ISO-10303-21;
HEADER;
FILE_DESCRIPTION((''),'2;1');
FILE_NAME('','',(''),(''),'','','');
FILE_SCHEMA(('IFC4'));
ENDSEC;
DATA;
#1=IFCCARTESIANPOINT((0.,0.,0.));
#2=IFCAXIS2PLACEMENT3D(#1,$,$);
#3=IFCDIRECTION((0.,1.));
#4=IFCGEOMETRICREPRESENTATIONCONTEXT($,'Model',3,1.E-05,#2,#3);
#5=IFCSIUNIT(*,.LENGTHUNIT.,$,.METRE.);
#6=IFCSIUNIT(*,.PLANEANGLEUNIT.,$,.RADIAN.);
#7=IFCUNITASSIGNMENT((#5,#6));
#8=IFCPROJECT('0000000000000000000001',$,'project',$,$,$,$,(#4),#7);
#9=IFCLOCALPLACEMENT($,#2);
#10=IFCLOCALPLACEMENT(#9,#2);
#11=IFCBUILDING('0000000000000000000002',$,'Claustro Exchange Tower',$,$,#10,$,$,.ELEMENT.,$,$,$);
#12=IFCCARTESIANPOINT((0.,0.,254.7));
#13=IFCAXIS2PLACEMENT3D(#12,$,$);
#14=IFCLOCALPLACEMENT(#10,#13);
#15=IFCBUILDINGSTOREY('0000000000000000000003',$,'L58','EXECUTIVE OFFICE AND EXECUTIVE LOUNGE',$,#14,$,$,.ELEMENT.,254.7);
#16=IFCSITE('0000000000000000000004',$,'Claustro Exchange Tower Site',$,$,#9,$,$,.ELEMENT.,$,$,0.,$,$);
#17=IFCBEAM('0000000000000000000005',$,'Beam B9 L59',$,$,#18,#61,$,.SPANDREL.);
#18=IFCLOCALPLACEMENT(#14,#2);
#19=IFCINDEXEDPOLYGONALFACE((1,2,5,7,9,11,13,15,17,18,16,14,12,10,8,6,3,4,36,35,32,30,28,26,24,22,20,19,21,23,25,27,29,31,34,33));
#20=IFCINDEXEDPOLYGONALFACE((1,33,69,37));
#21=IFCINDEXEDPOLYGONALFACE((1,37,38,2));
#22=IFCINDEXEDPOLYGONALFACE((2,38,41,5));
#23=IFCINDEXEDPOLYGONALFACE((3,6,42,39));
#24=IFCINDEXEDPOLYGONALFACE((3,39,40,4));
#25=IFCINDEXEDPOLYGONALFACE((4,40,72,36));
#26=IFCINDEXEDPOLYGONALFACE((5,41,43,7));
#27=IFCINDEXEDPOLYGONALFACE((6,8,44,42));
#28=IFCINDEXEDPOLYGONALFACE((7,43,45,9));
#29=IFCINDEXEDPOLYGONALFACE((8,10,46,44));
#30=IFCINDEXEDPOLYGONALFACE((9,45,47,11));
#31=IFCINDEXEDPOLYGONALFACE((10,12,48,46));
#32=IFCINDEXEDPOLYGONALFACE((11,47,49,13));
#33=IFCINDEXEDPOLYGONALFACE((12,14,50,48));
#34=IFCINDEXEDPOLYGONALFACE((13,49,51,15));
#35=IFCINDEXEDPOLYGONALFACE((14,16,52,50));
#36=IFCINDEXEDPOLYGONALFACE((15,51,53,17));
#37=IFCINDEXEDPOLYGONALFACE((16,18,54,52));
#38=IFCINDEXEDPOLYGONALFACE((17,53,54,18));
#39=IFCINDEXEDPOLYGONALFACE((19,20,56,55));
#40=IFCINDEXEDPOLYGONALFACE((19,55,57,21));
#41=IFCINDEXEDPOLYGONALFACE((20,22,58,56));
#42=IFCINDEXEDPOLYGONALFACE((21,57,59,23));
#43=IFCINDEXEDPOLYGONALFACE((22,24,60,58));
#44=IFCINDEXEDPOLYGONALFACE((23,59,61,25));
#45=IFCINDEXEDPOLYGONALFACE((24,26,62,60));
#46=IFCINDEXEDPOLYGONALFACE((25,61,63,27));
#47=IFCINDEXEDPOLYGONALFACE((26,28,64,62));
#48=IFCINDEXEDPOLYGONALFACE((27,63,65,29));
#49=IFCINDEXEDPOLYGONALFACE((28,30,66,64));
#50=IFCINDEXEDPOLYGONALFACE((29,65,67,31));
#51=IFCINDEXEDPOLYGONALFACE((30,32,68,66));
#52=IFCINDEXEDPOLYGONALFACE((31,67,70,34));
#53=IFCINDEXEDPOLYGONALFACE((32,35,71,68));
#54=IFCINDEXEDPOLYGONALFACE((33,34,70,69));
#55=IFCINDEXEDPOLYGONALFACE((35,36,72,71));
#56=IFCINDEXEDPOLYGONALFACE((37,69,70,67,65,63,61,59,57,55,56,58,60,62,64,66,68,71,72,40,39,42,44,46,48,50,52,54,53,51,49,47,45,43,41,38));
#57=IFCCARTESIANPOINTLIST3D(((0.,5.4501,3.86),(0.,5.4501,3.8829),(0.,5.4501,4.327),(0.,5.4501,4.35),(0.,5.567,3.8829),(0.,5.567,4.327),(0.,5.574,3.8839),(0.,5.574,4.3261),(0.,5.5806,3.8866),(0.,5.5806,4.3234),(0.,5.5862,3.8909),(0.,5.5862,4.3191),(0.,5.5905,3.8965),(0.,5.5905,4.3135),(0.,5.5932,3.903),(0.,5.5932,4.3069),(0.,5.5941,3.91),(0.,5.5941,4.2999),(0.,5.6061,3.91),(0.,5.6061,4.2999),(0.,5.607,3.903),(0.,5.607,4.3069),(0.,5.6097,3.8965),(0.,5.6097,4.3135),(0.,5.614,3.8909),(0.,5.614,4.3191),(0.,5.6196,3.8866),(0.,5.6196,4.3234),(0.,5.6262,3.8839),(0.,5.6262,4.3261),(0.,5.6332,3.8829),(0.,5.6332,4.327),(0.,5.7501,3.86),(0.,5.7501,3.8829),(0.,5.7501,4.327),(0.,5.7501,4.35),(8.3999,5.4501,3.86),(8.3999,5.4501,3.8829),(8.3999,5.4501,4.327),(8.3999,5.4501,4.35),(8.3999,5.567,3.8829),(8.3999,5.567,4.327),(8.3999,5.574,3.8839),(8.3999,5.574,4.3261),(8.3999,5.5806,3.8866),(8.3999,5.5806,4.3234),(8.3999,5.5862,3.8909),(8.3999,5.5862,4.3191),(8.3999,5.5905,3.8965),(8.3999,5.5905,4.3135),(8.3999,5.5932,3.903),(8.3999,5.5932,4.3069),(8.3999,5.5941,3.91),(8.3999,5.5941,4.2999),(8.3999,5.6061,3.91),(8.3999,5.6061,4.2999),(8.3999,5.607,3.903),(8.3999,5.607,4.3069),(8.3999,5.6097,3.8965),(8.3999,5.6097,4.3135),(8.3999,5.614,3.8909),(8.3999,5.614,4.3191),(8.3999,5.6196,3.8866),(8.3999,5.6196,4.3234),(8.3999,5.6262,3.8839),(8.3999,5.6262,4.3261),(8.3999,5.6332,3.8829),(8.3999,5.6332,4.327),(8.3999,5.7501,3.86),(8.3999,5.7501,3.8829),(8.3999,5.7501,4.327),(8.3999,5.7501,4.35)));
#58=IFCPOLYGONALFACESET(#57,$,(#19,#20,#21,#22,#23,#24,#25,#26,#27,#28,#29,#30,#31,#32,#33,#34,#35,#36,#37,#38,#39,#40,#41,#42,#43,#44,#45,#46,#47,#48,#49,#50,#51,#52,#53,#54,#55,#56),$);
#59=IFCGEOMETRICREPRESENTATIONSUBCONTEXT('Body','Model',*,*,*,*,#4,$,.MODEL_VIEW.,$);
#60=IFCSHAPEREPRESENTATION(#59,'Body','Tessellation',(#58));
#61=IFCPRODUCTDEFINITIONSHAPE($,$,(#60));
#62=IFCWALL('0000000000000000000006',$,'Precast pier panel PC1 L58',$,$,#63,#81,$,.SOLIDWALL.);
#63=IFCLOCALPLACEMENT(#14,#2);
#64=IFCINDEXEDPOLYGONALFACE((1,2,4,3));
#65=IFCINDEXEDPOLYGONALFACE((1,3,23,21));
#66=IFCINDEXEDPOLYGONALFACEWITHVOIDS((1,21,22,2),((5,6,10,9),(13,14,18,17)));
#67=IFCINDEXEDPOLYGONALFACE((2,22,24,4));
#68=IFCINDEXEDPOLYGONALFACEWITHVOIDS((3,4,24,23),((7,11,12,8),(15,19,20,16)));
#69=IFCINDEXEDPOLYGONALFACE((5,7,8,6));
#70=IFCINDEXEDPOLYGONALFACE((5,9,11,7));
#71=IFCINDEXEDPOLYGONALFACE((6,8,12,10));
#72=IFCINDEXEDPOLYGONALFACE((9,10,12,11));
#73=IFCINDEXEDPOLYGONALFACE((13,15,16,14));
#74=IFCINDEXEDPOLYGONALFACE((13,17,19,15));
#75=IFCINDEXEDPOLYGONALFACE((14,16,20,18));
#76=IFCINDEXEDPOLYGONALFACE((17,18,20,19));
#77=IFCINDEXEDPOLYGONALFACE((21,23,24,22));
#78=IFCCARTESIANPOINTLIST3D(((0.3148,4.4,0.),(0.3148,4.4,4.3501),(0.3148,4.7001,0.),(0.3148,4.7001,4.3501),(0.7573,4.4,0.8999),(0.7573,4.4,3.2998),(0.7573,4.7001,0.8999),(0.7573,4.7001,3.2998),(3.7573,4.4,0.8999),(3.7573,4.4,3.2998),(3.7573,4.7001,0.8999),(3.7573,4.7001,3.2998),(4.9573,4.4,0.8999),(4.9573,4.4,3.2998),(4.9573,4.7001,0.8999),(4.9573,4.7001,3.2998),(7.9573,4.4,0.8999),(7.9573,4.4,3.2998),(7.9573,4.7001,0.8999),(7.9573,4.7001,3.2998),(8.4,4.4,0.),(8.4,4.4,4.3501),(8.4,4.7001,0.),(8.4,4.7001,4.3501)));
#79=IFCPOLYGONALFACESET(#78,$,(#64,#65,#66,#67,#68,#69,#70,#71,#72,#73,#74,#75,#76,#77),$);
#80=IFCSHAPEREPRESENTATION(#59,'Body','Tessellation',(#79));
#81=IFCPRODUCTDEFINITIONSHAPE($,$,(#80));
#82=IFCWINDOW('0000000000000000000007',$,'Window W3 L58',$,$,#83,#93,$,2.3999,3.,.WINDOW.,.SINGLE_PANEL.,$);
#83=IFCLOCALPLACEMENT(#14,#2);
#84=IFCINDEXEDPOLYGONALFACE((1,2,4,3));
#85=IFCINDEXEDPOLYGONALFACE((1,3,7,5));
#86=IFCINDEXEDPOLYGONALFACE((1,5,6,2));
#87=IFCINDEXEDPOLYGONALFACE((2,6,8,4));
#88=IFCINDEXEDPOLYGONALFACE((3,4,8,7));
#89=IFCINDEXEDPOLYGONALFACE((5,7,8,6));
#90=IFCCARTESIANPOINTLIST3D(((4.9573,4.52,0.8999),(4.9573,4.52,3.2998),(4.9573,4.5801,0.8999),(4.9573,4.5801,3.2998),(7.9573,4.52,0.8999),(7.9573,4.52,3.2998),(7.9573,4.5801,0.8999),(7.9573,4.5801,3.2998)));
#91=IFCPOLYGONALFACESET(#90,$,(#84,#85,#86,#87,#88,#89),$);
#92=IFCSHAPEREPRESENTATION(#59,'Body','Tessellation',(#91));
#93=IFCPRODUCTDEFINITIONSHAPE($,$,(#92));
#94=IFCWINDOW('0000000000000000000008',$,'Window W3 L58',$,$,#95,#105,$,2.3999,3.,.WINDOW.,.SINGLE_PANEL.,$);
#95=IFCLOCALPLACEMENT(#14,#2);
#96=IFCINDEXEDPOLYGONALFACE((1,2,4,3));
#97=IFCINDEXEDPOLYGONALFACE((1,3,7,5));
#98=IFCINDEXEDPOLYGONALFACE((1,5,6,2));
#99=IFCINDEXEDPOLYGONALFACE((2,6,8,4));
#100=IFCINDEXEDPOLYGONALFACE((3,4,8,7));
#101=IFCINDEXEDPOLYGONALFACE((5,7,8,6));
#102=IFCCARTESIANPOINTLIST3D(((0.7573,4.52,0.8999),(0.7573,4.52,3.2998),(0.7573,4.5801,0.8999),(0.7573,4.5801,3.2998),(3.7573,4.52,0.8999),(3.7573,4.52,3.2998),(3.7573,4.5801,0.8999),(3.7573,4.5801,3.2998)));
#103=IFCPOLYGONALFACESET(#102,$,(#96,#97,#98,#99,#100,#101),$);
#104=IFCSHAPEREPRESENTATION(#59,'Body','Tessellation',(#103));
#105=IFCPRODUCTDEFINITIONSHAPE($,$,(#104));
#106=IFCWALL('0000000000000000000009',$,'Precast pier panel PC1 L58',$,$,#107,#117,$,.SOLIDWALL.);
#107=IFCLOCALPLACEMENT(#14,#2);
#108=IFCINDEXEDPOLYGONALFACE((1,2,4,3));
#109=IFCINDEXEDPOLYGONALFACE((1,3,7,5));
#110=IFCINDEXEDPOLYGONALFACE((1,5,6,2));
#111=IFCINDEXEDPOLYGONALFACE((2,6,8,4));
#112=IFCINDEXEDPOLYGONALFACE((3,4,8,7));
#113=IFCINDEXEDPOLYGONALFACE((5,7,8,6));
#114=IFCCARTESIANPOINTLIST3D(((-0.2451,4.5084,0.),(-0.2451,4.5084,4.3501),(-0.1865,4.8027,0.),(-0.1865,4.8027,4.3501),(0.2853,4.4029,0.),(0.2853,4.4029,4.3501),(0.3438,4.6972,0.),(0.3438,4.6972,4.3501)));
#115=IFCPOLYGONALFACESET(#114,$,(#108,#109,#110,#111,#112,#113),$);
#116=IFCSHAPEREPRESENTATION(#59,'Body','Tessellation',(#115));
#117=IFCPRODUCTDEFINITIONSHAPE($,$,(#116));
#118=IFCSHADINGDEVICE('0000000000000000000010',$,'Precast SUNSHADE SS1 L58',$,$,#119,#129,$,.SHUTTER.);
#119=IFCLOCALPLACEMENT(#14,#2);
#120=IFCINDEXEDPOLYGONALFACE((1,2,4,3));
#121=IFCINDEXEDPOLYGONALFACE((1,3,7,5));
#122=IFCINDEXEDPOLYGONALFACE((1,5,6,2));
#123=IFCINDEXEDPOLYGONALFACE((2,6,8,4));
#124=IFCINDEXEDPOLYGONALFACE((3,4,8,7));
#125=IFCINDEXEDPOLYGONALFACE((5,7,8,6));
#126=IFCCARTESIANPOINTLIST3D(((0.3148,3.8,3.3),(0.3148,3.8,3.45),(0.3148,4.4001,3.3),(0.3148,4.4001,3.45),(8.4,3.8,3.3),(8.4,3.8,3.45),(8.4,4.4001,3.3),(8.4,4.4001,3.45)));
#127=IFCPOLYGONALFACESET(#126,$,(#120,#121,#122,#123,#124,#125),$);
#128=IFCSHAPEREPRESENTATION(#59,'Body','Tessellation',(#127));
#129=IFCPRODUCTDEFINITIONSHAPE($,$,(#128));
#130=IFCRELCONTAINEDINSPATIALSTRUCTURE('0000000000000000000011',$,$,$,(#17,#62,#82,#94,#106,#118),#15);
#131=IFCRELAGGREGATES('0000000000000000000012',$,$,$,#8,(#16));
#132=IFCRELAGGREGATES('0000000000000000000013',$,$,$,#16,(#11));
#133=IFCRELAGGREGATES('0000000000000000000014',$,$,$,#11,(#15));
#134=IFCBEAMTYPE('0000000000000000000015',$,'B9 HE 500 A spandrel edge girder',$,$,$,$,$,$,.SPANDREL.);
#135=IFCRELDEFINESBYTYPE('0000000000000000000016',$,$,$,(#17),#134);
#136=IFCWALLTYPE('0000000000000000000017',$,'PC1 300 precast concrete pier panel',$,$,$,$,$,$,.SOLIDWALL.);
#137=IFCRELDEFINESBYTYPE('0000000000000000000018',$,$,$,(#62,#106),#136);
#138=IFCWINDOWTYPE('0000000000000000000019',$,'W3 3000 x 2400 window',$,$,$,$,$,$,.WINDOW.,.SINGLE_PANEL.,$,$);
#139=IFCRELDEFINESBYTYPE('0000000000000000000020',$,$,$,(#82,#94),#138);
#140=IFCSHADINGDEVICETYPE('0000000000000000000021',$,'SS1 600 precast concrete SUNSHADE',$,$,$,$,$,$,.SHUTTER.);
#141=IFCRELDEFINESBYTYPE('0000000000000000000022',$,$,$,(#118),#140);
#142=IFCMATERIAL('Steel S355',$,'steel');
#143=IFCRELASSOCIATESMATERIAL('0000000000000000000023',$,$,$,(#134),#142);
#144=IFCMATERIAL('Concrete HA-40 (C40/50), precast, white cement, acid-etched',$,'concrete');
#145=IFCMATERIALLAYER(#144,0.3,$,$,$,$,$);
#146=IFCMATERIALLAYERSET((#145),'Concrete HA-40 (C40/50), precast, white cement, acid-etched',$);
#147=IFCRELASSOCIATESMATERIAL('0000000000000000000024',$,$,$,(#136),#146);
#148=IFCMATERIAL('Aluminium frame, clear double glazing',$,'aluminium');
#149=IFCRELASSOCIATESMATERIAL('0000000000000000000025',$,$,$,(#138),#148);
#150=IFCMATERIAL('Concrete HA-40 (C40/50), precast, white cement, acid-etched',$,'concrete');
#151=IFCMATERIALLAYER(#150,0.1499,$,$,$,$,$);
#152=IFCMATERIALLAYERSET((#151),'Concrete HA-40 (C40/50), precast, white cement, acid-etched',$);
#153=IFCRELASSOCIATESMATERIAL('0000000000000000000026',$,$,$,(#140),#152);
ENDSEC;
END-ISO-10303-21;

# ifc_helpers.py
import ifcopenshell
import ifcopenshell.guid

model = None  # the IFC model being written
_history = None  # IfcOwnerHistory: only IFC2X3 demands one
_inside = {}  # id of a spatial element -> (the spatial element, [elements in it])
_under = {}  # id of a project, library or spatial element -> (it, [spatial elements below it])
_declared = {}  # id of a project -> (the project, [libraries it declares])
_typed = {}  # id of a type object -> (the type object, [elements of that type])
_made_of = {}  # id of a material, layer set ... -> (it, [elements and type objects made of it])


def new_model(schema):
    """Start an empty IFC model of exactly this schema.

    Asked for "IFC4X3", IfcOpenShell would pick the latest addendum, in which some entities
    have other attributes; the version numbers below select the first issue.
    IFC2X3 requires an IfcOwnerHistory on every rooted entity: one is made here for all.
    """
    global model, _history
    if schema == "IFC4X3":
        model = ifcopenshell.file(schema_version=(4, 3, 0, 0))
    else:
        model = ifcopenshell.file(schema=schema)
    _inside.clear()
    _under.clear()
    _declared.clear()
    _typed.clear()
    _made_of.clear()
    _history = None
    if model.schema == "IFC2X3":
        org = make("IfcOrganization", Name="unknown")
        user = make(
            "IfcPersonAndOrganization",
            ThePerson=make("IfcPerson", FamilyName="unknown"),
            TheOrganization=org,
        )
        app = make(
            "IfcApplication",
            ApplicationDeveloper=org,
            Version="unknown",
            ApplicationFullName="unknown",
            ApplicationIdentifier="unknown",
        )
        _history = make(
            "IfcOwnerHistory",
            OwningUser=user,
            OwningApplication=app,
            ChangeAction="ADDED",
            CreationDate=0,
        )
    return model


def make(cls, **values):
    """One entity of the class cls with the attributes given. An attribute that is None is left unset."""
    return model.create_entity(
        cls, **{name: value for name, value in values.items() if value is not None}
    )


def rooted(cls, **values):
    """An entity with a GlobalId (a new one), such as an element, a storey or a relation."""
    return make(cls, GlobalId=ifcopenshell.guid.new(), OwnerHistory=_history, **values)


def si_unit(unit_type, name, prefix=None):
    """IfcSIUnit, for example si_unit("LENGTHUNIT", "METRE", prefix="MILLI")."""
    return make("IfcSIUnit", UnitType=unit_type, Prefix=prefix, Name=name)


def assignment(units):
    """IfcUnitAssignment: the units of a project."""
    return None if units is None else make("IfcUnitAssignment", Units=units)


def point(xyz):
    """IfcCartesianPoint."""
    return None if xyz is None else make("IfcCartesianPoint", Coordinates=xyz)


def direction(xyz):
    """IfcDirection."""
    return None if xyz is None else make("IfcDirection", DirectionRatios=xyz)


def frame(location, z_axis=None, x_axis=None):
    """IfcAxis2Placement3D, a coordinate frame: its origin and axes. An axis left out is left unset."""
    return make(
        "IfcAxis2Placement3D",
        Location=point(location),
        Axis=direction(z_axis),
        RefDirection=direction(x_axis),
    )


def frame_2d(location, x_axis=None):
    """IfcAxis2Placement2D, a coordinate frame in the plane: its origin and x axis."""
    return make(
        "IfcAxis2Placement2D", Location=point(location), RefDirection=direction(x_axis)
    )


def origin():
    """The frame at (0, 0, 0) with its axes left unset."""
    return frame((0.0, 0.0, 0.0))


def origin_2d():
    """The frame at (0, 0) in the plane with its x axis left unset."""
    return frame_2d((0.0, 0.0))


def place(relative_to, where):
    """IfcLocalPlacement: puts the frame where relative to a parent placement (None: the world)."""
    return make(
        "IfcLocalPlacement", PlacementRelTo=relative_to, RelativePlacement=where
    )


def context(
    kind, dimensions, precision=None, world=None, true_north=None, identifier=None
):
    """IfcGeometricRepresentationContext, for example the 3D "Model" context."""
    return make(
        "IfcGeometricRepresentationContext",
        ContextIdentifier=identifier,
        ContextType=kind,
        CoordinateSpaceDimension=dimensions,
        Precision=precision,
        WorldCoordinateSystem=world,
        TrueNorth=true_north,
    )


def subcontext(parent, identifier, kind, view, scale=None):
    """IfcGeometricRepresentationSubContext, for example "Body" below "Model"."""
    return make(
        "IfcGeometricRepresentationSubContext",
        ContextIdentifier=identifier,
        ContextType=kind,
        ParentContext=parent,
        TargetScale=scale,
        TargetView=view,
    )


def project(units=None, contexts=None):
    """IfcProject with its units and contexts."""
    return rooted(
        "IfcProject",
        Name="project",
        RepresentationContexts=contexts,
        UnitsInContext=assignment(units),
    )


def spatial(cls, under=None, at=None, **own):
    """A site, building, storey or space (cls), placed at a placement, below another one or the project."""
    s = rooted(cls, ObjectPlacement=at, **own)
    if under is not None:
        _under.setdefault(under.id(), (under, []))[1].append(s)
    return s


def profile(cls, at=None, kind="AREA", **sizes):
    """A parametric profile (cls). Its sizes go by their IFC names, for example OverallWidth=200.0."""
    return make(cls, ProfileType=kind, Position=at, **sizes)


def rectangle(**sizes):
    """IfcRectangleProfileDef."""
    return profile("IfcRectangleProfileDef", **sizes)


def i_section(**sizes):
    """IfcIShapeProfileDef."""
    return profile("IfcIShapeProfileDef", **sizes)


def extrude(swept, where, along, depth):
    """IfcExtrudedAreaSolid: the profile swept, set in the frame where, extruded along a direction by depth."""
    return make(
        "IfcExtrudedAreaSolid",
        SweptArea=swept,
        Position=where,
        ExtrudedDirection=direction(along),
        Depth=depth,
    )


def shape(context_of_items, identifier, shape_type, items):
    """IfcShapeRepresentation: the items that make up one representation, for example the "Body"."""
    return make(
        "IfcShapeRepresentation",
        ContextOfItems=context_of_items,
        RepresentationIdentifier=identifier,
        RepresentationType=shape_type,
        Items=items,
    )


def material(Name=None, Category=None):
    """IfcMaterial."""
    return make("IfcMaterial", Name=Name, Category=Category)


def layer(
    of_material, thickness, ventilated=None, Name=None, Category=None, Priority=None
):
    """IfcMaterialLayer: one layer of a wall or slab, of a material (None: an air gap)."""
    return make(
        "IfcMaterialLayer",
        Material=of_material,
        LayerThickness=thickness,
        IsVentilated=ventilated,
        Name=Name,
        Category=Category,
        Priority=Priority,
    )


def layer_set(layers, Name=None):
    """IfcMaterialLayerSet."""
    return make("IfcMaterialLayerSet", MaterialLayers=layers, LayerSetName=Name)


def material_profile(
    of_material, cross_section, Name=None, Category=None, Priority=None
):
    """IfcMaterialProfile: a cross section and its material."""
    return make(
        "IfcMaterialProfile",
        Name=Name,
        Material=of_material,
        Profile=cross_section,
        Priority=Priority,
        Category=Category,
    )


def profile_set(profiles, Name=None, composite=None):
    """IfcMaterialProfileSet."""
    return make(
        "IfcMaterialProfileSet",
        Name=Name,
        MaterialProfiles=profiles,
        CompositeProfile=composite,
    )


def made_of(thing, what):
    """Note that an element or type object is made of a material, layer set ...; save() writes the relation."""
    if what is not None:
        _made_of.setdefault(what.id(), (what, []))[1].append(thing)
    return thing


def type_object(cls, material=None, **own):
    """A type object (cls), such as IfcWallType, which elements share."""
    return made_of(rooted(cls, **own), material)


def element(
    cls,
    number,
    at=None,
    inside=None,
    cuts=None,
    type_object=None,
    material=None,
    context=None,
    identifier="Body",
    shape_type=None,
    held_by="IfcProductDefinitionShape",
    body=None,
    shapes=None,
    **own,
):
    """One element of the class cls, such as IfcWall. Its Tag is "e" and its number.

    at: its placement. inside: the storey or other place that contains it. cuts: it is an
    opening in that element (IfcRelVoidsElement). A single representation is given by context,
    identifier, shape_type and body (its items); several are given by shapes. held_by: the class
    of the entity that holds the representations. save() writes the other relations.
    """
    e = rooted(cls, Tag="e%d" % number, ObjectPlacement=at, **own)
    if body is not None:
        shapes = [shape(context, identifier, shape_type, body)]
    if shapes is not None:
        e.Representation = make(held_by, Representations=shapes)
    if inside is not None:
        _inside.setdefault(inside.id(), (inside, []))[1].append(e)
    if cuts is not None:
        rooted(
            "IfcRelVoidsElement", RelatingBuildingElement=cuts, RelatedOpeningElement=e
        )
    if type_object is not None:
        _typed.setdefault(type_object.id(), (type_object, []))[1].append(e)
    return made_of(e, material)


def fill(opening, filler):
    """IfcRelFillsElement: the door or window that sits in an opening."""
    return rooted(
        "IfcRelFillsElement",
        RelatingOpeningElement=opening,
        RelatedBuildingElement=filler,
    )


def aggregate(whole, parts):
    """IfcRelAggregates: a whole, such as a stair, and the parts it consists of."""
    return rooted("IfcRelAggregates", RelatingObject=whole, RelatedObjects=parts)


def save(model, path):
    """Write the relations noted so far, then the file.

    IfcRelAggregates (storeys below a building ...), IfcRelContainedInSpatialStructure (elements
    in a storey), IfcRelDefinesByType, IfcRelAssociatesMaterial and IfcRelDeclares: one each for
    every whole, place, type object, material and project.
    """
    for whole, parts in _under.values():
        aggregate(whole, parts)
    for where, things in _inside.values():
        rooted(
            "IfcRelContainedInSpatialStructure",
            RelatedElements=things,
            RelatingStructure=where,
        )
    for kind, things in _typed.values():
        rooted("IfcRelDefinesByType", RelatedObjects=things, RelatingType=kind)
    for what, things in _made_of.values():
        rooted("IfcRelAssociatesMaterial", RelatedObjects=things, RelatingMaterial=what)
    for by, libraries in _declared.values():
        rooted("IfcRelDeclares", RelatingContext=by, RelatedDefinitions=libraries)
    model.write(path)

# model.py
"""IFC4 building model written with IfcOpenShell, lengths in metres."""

from ifc_helpers import new_model, si_unit, direction, frame, frame_2d, origin, origin_2d, place, context, subcontext, project, spatial, rectangle, i_section, extrude, material, layer, layer_set, material_profile, profile_set, type_object, element, fill, save


model = new_model("IFC4")

# Units and contexts
model_context = context("Model", 3, precision=1e-05, world=origin(), true_north=direction((0.0, 1.0)))
body_context = subcontext(model_context, "Body", "Model", "MODEL_VIEW")
ifc_project = project(units=[si_unit("LENGTHUNIT", "METRE"), si_unit("PLANEANGLEUNIT", "RADIAN")], contexts=[model_context])

# Site, building, storey
site_placement = place(None, origin())
site = spatial("IfcSite", under=ifc_project, at=site_placement, Name="Claustro Exchange Tower Site", CompositionType="ELEMENT", RefElevation=0.0)
building_placement = place(site_placement, origin())
building = spatial("IfcBuilding", under=site, at=building_placement, Name="Claustro Exchange Tower", CompositionType="ELEMENT")
storey_placement = place(building_placement, frame((0.0, 0.0, 254.7)))
storey = spatial("IfcBuildingStorey", under=building, at=storey_placement, Name="L58", Description="EXECUTIVE OFFICE AND EXECUTIVE LOUNGE", CompositionType="ELEMENT", Elevation=254.7)

# Beam
ifc_material_1 = material(Name="Steel S355", Category="steel")
ifc_material_profile_1 = material_profile(ifc_material_1, i_section(OverallWidth=0.3, OverallDepth=0.49, WebThickness=0.012, FlangeThickness=0.0229, FilletRadius=0.0271, at=origin_2d()), Name="HE 500 A")
ifc_profile_set_1 = profile_set([ifc_material_profile_1], Name="Steel S355")
beam_type_1 = type_object("IfcBeamType", Name="B9 HE 500 A spandrel edge girder", PredefinedType="SPANDREL", material=ifc_profile_set_1)
beam_1_placement = place(storey_placement, frame((0.0, 5.6001, 4.105), z_axis=(1.0, 0.0, 0.0), x_axis=(0.0, 1.0, 0.0)))
element("IfcBeam", 1, at=beam_1_placement, inside=storey, type_object=beam_type_1, Name="Beam B9 L59", PredefinedType="SPANDREL", context=body_context, shape_type="SweptSolid", body=[
    extrude(i_section(OverallWidth=0.3, OverallDepth=0.49, WebThickness=0.012, FlangeThickness=0.0229, FilletRadius=0.0271, at=origin_2d()), origin(), (0.0, 0.0, 1.0), 8.3999),
])

# Wall, openings, windows
ifc_material_2 = material(Name="Concrete HA-40 (C40/50), precast, white cement, acid-etched", Category="concrete")
ifc_layer_1 = layer(ifc_material_2, 0.3)
ifc_layer_set_1 = layer_set([ifc_layer_1], Name="Concrete HA-40 (C40/50), precast, white cement, acid-etched")
wall_type = type_object("IfcWallType", Name="PC1 300 precast concrete pier panel", PredefinedType="SOLIDWALL", material=ifc_layer_set_1)
wall_1_placement = place(storey_placement, frame((8.3999, 4.55, 0.0), z_axis=(0.0, 0.0, 1.0), x_axis=(-1.0, 0.0, 0.0)))
wall_1 = element("IfcWall", 2, at=wall_1_placement, inside=storey, type_object=wall_type, Name="Precast pier panel PC1 L58", PredefinedType="SOLIDWALL", context=body_context, shape_type="SweptSolid", body=[
    extrude(rectangle(XDim=8.0852, YDim=0.3, at=frame_2d((4.0425, 0.0))), origin(), (0.0, 0.0, 1.0), 4.3501),
])
opening_1_placement = place(wall_1_placement, frame((0.4426, 0.0, 0.8999)))
opening_1 = element("IfcOpeningElement", 3, at=opening_1_placement, cuts=wall_1, PredefinedType="OPENING", context=body_context, shape_type="SweptSolid", body=[
    extrude(rectangle(XDim=3.0, YDim=2.3999, at=frame_2d((1.5, 1.2))), frame((0.0, 0.1599, 0.0), z_axis=(0.0, -1.0, 0.0), x_axis=(1.0, 0.0, 0.0)), (0.0, 0.0, 1.0), 0.3201),
])
opening_2_placement = place(wall_1_placement, frame((4.6426, 0.0, 0.8999)))
opening_2 = element("IfcOpeningElement", 4, at=opening_2_placement, cuts=wall_1, PredefinedType="OPENING", context=body_context, shape_type="SweptSolid", body=[
    extrude(rectangle(XDim=3.0, YDim=2.3999, at=frame_2d((1.5, 1.2))), frame((0.0, 0.1599, 0.0), z_axis=(0.0, -1.0, 0.0), x_axis=(1.0, 0.0, 0.0)), (0.0, 0.0, 1.0), 0.3201),
])
ifc_material_3 = material(Name="Aluminium frame, clear double glazing", Category="aluminium")
window_type = type_object("IfcWindowType", Name="W3 3000 x 2400 window", PartitioningType="SINGLE_PANEL", PredefinedType="WINDOW", material=ifc_material_3)
window_1_placement = place(opening_1_placement, origin())
window_1 = element("IfcWindow", 5, at=window_1_placement, inside=storey, type_object=window_type, Name="Window W3 L58", OverallHeight=2.3999, OverallWidth=3.0, PartitioningType="SINGLE_PANEL", PredefinedType="WINDOW", context=body_context, shape_type="SweptSolid", body=[
    extrude(rectangle(XDim=3.0, YDim=2.3999, at=frame_2d((1.5, 1.2))), frame((0.0, 0.03, 0.0), z_axis=(0.0, -1.0, 0.0), x_axis=(1.0, 0.0, 0.0)), (0.0, 0.0, 1.0), 0.0601),
])
fill(opening_1, window_1)
window_2_placement = place(opening_2_placement, origin())
window_2 = element("IfcWindow", 6, at=window_2_placement, inside=storey, type_object=window_type, Name="Window W3 L58", OverallHeight=2.3999, OverallWidth=3.0, PartitioningType="SINGLE_PANEL", PredefinedType="WINDOW", context=body_context, shape_type="SweptSolid", body=[
    extrude(rectangle(XDim=3.0, YDim=2.3999, at=frame_2d((1.5, 1.2))), frame((0.0, 0.03, 0.0), z_axis=(0.0, -1.0, 0.0), x_axis=(1.0, 0.0, 0.0)), (0.0, 0.0, 1.0), 0.0601),
])
fill(opening_2, window_2)

# Wall
wall_2_placement = place(storey_placement, frame((0.3147, 4.55, 0.0), z_axis=(0.0, 0.0, 1.0), x_axis=(-0.980789, 0.195074, 0.0)))
element("IfcWall", 7, at=wall_2_placement, inside=storey, type_object=wall_type, Name="Precast pier panel PC1 L58", PredefinedType="SOLIDWALL", context=body_context, shape_type="SweptSolid", body=[
    extrude(rectangle(XDim=0.5408, YDim=0.3, at=frame_2d((0.2705, 0.0))), origin(), (0.0, 0.0, 1.0), 4.3501),
])

# Shading device
ifc_material_4 = material(Name="Concrete HA-40 (C40/50), precast, white cement, acid-etched", Category="concrete")
ifc_layer_2 = layer(ifc_material_4, 0.1499)
ifc_layer_set_2 = layer_set([ifc_layer_2], Name="Concrete HA-40 (C40/50), precast, white cement, acid-etched")
shading_device_type = type_object("IfcShadingDeviceType", Name="SS1 600 precast concrete SUNSHADE", PredefinedType="SHUTTER", material=ifc_layer_set_2)
shading_device_placement = place(storey_placement, frame((4.3574, 4.1001, 3.3), z_axis=(0.0, 0.0, 1.0), x_axis=(-1.0, 0.0, 0.0)))
element("IfcShadingDevice", 8, at=shading_device_placement, inside=storey, type_object=shading_device_type, Name="Precast SUNSHADE SS1 L58", PredefinedType="SHUTTER", context=body_context, shape_type="SweptSolid", body=[
    extrude(rectangle(XDim=8.0852, YDim=0.6001, at=origin_2d()), origin(), (0.0, 0.0, 1.0), 0.1499),
])

save(model, "model.ifc")
